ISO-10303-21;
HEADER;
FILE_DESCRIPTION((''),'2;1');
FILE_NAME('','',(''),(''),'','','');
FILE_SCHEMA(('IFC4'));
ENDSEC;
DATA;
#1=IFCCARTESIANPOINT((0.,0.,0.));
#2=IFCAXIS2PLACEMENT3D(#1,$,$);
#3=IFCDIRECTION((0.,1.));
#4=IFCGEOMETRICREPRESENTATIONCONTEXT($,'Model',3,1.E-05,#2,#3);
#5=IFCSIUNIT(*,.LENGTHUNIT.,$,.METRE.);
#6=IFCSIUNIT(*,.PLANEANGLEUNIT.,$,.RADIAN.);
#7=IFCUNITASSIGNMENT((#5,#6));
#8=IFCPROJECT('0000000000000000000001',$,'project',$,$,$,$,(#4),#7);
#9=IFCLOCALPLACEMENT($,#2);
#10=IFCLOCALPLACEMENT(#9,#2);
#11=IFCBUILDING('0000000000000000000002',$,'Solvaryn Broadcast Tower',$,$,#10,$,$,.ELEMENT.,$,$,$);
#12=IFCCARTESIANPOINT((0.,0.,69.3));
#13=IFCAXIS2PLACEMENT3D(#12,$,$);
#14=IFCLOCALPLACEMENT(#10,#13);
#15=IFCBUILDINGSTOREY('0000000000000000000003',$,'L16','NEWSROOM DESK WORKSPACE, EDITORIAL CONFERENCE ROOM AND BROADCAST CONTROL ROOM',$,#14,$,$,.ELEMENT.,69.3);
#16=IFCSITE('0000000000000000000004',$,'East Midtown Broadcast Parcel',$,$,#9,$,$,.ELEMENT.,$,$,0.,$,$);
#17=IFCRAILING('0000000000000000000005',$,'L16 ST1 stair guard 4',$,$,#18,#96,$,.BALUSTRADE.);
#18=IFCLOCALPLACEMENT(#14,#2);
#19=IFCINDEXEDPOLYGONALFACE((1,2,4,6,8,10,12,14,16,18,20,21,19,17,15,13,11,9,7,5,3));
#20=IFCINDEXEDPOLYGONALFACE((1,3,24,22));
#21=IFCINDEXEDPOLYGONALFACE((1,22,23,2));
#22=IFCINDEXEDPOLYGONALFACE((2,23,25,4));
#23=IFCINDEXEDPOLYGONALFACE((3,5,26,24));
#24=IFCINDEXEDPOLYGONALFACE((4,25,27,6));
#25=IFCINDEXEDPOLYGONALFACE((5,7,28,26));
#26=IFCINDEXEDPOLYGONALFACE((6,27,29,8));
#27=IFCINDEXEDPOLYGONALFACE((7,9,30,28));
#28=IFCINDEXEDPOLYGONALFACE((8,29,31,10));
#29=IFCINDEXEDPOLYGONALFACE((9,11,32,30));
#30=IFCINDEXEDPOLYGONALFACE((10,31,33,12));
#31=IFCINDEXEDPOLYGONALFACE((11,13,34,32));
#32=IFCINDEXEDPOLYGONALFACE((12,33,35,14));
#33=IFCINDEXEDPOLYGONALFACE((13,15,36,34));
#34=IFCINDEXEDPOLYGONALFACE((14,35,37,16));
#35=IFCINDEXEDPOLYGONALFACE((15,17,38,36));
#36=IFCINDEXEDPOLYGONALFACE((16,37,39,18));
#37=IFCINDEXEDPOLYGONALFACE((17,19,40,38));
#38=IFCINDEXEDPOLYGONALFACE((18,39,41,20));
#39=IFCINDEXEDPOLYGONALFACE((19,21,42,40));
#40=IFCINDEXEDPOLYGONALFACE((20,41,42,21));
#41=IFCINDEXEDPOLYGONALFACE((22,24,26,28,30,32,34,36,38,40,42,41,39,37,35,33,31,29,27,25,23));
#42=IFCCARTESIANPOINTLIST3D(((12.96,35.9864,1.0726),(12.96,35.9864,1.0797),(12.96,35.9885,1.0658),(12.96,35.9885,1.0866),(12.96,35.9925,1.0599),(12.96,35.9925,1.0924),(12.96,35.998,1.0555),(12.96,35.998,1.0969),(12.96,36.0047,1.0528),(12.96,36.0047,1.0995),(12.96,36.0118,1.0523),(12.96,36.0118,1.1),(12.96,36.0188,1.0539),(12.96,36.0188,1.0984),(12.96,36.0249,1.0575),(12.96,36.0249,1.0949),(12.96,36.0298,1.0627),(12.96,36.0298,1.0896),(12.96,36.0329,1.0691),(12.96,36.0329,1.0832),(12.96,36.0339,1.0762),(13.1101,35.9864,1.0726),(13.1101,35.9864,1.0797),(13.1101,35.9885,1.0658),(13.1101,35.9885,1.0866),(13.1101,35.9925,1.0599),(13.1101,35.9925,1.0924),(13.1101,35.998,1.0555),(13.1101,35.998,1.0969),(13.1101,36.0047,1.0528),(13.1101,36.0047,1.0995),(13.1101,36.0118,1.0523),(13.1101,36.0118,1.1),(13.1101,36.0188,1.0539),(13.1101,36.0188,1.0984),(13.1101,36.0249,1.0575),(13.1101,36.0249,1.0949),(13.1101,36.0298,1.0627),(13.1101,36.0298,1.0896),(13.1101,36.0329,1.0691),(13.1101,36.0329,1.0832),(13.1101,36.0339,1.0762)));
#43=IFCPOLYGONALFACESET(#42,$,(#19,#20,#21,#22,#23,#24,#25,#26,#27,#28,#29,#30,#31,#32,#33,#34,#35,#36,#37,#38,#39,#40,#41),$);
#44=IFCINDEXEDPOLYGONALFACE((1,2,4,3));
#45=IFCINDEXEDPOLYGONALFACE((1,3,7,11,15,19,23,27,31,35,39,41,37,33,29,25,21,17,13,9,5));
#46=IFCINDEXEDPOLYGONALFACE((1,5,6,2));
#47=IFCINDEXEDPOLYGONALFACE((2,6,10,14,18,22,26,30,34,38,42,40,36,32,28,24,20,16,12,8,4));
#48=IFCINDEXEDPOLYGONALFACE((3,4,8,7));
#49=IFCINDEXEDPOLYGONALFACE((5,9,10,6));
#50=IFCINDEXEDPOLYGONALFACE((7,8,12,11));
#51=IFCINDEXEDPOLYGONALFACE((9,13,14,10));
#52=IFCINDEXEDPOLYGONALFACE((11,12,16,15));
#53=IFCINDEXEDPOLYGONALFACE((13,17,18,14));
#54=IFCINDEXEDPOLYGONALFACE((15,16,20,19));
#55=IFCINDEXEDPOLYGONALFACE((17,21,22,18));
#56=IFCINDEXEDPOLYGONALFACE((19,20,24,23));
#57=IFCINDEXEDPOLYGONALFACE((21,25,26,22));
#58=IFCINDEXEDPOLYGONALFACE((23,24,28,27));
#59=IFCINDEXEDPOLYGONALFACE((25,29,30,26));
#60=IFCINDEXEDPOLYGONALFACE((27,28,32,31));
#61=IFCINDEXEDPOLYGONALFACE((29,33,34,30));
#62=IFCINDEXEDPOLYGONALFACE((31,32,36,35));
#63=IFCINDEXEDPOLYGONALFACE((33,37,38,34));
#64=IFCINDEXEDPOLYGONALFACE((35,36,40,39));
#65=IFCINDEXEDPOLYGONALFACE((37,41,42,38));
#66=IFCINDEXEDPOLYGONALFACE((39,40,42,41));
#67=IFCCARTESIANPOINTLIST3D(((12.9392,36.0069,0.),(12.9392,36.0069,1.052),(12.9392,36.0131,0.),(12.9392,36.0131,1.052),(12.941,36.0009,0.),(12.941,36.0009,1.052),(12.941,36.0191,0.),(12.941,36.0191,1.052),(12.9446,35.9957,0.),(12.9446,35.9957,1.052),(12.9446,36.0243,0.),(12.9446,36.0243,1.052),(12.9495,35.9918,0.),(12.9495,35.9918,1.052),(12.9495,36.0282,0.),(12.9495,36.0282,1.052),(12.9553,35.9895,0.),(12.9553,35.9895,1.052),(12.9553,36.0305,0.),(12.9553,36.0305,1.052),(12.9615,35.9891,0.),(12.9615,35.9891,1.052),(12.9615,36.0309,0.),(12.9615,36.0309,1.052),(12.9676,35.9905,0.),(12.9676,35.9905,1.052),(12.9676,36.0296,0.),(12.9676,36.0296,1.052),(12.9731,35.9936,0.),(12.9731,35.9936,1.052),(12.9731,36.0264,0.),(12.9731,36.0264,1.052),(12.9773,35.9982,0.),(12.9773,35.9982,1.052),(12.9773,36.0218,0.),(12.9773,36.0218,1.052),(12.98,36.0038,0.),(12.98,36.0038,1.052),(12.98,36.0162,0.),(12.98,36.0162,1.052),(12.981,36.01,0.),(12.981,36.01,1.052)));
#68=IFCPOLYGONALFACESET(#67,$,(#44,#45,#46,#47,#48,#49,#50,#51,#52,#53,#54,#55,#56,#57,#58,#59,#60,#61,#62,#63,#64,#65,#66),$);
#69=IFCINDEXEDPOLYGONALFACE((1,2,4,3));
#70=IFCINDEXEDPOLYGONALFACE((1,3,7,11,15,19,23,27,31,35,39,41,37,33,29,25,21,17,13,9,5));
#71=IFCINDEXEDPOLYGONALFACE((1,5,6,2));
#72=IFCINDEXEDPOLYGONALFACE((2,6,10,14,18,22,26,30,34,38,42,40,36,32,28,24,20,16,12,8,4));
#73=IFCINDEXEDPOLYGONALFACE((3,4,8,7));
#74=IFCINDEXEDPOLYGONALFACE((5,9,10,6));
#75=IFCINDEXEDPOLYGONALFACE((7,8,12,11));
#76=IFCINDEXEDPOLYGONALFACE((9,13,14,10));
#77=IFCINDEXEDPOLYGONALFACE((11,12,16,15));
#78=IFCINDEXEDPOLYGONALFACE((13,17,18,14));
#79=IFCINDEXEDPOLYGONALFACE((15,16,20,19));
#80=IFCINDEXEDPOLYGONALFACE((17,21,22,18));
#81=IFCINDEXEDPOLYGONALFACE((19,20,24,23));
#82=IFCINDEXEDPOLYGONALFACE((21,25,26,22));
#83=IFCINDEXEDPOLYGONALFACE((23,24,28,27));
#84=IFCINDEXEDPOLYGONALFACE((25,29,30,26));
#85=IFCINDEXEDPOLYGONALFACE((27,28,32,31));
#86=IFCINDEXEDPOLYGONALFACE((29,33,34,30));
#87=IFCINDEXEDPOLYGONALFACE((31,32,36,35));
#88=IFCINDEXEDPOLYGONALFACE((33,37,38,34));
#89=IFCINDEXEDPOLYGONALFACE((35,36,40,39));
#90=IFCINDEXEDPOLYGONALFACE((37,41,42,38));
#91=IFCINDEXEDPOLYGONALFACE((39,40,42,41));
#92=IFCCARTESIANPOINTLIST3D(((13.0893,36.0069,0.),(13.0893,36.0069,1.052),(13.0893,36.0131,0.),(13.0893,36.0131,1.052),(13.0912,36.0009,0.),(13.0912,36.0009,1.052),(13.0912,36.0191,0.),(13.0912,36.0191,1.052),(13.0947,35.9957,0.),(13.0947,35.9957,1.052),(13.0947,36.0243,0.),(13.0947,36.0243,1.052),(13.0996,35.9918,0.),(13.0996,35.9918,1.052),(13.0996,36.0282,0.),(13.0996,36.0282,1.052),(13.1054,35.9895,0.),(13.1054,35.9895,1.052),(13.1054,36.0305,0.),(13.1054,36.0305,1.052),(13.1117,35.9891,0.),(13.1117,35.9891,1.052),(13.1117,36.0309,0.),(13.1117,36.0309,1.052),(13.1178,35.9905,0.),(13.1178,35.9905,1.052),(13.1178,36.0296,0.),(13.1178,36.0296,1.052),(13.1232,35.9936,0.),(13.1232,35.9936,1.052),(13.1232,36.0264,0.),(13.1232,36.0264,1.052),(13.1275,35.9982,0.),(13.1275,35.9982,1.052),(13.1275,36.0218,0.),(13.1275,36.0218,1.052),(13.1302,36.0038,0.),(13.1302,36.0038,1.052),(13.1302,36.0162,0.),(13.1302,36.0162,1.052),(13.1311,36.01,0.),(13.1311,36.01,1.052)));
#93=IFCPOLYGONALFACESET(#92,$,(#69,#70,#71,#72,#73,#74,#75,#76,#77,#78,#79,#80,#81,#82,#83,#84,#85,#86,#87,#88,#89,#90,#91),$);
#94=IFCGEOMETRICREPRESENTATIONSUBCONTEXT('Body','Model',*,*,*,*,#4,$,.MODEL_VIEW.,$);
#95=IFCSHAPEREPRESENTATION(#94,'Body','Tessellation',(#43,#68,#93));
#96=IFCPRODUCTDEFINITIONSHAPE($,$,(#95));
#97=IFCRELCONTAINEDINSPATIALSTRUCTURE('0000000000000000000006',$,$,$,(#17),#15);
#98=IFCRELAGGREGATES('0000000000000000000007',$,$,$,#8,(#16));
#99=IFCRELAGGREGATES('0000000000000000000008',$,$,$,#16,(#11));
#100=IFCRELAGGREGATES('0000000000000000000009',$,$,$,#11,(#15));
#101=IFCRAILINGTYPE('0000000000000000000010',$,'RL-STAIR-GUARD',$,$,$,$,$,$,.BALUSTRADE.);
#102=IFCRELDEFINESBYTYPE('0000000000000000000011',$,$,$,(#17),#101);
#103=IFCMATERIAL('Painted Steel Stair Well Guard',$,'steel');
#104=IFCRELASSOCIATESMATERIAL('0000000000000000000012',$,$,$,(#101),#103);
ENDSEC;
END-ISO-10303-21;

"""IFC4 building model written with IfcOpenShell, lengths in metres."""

from ifc_helpers import new_model, si_unit, direction, frame, origin, origin_2d, place, context, subcontext, project, spatial, circle, extrude, material, type_object, element, save


model = new_model("IFC4")

# Units and contexts
model_context = context("Model", 3, precision=1e-05, world=origin(), true_north=direction((0.0, 1.0)))
body_context = subcontext(model_context, "Body", "Model", "MODEL_VIEW")
ifc_project = project(units=[si_unit("LENGTHUNIT", "METRE"), si_unit("PLANEANGLEUNIT", "RADIAN")], contexts=[model_context])

# Site, building, storey
site_placement = place(None, origin())
site = spatial("IfcSite", under=ifc_project, at=site_placement, Name="East Midtown Broadcast Parcel", CompositionType="ELEMENT", RefElevation=0.0)
building_placement = place(site_placement, origin())
building = spatial("IfcBuilding", under=site, at=building_placement, Name="Solvaryn Broadcast Tower", CompositionType="ELEMENT")
storey_placement = place(building_placement, frame((0.0, 0.0, 69.3)))
storey = spatial("IfcBuildingStorey", under=building, at=storey_placement, Name="L16", Description="NEWSROOM DESK WORKSPACE, EDITORIAL CONFERENCE ROOM AND BROADCAST CONTROL ROOM", CompositionType="ELEMENT", Elevation=69.3)

# Railing
ifc_material_1 = material(Name="Painted Steel Stair Well Guard", Category="steel")
railing_type_1 = type_object("IfcRailingType", Name="RL-STAIR-GUARD", PredefinedType="BALUSTRADE", material=ifc_material_1)
railing_1_placement = place(storey_placement, frame((12.96, 36.01, 0.0)))
element("IfcRailing", 1, at=railing_1_placement, inside=storey, type_object=railing_type_1, Name="L16 ST1 stair guard 4", PredefinedType="BALUSTRADE", context=body_context, shape_type="SweptSolid", body=[
    extrude(circle(Radius=0.0239, at=origin_2d()), frame((0.0, 0.0, 1.0762), z_axis=(1.0, 0.0, 0.0), x_axis=(0.0, 1.0, 0.0)), (0.0, 0.0, 1.0), 0.1501),
    extrude(circle(Radius=0.021, at=origin_2d()), origin(), (0.0, 0.0, 1.0), 1.052),
    extrude(circle(Radius=0.021, at=origin_2d()), frame((0.1501, 0.0, 0.0)), (0.0, 0.0, 1.0), 1.052),
])

save(model, "model.ifc")
